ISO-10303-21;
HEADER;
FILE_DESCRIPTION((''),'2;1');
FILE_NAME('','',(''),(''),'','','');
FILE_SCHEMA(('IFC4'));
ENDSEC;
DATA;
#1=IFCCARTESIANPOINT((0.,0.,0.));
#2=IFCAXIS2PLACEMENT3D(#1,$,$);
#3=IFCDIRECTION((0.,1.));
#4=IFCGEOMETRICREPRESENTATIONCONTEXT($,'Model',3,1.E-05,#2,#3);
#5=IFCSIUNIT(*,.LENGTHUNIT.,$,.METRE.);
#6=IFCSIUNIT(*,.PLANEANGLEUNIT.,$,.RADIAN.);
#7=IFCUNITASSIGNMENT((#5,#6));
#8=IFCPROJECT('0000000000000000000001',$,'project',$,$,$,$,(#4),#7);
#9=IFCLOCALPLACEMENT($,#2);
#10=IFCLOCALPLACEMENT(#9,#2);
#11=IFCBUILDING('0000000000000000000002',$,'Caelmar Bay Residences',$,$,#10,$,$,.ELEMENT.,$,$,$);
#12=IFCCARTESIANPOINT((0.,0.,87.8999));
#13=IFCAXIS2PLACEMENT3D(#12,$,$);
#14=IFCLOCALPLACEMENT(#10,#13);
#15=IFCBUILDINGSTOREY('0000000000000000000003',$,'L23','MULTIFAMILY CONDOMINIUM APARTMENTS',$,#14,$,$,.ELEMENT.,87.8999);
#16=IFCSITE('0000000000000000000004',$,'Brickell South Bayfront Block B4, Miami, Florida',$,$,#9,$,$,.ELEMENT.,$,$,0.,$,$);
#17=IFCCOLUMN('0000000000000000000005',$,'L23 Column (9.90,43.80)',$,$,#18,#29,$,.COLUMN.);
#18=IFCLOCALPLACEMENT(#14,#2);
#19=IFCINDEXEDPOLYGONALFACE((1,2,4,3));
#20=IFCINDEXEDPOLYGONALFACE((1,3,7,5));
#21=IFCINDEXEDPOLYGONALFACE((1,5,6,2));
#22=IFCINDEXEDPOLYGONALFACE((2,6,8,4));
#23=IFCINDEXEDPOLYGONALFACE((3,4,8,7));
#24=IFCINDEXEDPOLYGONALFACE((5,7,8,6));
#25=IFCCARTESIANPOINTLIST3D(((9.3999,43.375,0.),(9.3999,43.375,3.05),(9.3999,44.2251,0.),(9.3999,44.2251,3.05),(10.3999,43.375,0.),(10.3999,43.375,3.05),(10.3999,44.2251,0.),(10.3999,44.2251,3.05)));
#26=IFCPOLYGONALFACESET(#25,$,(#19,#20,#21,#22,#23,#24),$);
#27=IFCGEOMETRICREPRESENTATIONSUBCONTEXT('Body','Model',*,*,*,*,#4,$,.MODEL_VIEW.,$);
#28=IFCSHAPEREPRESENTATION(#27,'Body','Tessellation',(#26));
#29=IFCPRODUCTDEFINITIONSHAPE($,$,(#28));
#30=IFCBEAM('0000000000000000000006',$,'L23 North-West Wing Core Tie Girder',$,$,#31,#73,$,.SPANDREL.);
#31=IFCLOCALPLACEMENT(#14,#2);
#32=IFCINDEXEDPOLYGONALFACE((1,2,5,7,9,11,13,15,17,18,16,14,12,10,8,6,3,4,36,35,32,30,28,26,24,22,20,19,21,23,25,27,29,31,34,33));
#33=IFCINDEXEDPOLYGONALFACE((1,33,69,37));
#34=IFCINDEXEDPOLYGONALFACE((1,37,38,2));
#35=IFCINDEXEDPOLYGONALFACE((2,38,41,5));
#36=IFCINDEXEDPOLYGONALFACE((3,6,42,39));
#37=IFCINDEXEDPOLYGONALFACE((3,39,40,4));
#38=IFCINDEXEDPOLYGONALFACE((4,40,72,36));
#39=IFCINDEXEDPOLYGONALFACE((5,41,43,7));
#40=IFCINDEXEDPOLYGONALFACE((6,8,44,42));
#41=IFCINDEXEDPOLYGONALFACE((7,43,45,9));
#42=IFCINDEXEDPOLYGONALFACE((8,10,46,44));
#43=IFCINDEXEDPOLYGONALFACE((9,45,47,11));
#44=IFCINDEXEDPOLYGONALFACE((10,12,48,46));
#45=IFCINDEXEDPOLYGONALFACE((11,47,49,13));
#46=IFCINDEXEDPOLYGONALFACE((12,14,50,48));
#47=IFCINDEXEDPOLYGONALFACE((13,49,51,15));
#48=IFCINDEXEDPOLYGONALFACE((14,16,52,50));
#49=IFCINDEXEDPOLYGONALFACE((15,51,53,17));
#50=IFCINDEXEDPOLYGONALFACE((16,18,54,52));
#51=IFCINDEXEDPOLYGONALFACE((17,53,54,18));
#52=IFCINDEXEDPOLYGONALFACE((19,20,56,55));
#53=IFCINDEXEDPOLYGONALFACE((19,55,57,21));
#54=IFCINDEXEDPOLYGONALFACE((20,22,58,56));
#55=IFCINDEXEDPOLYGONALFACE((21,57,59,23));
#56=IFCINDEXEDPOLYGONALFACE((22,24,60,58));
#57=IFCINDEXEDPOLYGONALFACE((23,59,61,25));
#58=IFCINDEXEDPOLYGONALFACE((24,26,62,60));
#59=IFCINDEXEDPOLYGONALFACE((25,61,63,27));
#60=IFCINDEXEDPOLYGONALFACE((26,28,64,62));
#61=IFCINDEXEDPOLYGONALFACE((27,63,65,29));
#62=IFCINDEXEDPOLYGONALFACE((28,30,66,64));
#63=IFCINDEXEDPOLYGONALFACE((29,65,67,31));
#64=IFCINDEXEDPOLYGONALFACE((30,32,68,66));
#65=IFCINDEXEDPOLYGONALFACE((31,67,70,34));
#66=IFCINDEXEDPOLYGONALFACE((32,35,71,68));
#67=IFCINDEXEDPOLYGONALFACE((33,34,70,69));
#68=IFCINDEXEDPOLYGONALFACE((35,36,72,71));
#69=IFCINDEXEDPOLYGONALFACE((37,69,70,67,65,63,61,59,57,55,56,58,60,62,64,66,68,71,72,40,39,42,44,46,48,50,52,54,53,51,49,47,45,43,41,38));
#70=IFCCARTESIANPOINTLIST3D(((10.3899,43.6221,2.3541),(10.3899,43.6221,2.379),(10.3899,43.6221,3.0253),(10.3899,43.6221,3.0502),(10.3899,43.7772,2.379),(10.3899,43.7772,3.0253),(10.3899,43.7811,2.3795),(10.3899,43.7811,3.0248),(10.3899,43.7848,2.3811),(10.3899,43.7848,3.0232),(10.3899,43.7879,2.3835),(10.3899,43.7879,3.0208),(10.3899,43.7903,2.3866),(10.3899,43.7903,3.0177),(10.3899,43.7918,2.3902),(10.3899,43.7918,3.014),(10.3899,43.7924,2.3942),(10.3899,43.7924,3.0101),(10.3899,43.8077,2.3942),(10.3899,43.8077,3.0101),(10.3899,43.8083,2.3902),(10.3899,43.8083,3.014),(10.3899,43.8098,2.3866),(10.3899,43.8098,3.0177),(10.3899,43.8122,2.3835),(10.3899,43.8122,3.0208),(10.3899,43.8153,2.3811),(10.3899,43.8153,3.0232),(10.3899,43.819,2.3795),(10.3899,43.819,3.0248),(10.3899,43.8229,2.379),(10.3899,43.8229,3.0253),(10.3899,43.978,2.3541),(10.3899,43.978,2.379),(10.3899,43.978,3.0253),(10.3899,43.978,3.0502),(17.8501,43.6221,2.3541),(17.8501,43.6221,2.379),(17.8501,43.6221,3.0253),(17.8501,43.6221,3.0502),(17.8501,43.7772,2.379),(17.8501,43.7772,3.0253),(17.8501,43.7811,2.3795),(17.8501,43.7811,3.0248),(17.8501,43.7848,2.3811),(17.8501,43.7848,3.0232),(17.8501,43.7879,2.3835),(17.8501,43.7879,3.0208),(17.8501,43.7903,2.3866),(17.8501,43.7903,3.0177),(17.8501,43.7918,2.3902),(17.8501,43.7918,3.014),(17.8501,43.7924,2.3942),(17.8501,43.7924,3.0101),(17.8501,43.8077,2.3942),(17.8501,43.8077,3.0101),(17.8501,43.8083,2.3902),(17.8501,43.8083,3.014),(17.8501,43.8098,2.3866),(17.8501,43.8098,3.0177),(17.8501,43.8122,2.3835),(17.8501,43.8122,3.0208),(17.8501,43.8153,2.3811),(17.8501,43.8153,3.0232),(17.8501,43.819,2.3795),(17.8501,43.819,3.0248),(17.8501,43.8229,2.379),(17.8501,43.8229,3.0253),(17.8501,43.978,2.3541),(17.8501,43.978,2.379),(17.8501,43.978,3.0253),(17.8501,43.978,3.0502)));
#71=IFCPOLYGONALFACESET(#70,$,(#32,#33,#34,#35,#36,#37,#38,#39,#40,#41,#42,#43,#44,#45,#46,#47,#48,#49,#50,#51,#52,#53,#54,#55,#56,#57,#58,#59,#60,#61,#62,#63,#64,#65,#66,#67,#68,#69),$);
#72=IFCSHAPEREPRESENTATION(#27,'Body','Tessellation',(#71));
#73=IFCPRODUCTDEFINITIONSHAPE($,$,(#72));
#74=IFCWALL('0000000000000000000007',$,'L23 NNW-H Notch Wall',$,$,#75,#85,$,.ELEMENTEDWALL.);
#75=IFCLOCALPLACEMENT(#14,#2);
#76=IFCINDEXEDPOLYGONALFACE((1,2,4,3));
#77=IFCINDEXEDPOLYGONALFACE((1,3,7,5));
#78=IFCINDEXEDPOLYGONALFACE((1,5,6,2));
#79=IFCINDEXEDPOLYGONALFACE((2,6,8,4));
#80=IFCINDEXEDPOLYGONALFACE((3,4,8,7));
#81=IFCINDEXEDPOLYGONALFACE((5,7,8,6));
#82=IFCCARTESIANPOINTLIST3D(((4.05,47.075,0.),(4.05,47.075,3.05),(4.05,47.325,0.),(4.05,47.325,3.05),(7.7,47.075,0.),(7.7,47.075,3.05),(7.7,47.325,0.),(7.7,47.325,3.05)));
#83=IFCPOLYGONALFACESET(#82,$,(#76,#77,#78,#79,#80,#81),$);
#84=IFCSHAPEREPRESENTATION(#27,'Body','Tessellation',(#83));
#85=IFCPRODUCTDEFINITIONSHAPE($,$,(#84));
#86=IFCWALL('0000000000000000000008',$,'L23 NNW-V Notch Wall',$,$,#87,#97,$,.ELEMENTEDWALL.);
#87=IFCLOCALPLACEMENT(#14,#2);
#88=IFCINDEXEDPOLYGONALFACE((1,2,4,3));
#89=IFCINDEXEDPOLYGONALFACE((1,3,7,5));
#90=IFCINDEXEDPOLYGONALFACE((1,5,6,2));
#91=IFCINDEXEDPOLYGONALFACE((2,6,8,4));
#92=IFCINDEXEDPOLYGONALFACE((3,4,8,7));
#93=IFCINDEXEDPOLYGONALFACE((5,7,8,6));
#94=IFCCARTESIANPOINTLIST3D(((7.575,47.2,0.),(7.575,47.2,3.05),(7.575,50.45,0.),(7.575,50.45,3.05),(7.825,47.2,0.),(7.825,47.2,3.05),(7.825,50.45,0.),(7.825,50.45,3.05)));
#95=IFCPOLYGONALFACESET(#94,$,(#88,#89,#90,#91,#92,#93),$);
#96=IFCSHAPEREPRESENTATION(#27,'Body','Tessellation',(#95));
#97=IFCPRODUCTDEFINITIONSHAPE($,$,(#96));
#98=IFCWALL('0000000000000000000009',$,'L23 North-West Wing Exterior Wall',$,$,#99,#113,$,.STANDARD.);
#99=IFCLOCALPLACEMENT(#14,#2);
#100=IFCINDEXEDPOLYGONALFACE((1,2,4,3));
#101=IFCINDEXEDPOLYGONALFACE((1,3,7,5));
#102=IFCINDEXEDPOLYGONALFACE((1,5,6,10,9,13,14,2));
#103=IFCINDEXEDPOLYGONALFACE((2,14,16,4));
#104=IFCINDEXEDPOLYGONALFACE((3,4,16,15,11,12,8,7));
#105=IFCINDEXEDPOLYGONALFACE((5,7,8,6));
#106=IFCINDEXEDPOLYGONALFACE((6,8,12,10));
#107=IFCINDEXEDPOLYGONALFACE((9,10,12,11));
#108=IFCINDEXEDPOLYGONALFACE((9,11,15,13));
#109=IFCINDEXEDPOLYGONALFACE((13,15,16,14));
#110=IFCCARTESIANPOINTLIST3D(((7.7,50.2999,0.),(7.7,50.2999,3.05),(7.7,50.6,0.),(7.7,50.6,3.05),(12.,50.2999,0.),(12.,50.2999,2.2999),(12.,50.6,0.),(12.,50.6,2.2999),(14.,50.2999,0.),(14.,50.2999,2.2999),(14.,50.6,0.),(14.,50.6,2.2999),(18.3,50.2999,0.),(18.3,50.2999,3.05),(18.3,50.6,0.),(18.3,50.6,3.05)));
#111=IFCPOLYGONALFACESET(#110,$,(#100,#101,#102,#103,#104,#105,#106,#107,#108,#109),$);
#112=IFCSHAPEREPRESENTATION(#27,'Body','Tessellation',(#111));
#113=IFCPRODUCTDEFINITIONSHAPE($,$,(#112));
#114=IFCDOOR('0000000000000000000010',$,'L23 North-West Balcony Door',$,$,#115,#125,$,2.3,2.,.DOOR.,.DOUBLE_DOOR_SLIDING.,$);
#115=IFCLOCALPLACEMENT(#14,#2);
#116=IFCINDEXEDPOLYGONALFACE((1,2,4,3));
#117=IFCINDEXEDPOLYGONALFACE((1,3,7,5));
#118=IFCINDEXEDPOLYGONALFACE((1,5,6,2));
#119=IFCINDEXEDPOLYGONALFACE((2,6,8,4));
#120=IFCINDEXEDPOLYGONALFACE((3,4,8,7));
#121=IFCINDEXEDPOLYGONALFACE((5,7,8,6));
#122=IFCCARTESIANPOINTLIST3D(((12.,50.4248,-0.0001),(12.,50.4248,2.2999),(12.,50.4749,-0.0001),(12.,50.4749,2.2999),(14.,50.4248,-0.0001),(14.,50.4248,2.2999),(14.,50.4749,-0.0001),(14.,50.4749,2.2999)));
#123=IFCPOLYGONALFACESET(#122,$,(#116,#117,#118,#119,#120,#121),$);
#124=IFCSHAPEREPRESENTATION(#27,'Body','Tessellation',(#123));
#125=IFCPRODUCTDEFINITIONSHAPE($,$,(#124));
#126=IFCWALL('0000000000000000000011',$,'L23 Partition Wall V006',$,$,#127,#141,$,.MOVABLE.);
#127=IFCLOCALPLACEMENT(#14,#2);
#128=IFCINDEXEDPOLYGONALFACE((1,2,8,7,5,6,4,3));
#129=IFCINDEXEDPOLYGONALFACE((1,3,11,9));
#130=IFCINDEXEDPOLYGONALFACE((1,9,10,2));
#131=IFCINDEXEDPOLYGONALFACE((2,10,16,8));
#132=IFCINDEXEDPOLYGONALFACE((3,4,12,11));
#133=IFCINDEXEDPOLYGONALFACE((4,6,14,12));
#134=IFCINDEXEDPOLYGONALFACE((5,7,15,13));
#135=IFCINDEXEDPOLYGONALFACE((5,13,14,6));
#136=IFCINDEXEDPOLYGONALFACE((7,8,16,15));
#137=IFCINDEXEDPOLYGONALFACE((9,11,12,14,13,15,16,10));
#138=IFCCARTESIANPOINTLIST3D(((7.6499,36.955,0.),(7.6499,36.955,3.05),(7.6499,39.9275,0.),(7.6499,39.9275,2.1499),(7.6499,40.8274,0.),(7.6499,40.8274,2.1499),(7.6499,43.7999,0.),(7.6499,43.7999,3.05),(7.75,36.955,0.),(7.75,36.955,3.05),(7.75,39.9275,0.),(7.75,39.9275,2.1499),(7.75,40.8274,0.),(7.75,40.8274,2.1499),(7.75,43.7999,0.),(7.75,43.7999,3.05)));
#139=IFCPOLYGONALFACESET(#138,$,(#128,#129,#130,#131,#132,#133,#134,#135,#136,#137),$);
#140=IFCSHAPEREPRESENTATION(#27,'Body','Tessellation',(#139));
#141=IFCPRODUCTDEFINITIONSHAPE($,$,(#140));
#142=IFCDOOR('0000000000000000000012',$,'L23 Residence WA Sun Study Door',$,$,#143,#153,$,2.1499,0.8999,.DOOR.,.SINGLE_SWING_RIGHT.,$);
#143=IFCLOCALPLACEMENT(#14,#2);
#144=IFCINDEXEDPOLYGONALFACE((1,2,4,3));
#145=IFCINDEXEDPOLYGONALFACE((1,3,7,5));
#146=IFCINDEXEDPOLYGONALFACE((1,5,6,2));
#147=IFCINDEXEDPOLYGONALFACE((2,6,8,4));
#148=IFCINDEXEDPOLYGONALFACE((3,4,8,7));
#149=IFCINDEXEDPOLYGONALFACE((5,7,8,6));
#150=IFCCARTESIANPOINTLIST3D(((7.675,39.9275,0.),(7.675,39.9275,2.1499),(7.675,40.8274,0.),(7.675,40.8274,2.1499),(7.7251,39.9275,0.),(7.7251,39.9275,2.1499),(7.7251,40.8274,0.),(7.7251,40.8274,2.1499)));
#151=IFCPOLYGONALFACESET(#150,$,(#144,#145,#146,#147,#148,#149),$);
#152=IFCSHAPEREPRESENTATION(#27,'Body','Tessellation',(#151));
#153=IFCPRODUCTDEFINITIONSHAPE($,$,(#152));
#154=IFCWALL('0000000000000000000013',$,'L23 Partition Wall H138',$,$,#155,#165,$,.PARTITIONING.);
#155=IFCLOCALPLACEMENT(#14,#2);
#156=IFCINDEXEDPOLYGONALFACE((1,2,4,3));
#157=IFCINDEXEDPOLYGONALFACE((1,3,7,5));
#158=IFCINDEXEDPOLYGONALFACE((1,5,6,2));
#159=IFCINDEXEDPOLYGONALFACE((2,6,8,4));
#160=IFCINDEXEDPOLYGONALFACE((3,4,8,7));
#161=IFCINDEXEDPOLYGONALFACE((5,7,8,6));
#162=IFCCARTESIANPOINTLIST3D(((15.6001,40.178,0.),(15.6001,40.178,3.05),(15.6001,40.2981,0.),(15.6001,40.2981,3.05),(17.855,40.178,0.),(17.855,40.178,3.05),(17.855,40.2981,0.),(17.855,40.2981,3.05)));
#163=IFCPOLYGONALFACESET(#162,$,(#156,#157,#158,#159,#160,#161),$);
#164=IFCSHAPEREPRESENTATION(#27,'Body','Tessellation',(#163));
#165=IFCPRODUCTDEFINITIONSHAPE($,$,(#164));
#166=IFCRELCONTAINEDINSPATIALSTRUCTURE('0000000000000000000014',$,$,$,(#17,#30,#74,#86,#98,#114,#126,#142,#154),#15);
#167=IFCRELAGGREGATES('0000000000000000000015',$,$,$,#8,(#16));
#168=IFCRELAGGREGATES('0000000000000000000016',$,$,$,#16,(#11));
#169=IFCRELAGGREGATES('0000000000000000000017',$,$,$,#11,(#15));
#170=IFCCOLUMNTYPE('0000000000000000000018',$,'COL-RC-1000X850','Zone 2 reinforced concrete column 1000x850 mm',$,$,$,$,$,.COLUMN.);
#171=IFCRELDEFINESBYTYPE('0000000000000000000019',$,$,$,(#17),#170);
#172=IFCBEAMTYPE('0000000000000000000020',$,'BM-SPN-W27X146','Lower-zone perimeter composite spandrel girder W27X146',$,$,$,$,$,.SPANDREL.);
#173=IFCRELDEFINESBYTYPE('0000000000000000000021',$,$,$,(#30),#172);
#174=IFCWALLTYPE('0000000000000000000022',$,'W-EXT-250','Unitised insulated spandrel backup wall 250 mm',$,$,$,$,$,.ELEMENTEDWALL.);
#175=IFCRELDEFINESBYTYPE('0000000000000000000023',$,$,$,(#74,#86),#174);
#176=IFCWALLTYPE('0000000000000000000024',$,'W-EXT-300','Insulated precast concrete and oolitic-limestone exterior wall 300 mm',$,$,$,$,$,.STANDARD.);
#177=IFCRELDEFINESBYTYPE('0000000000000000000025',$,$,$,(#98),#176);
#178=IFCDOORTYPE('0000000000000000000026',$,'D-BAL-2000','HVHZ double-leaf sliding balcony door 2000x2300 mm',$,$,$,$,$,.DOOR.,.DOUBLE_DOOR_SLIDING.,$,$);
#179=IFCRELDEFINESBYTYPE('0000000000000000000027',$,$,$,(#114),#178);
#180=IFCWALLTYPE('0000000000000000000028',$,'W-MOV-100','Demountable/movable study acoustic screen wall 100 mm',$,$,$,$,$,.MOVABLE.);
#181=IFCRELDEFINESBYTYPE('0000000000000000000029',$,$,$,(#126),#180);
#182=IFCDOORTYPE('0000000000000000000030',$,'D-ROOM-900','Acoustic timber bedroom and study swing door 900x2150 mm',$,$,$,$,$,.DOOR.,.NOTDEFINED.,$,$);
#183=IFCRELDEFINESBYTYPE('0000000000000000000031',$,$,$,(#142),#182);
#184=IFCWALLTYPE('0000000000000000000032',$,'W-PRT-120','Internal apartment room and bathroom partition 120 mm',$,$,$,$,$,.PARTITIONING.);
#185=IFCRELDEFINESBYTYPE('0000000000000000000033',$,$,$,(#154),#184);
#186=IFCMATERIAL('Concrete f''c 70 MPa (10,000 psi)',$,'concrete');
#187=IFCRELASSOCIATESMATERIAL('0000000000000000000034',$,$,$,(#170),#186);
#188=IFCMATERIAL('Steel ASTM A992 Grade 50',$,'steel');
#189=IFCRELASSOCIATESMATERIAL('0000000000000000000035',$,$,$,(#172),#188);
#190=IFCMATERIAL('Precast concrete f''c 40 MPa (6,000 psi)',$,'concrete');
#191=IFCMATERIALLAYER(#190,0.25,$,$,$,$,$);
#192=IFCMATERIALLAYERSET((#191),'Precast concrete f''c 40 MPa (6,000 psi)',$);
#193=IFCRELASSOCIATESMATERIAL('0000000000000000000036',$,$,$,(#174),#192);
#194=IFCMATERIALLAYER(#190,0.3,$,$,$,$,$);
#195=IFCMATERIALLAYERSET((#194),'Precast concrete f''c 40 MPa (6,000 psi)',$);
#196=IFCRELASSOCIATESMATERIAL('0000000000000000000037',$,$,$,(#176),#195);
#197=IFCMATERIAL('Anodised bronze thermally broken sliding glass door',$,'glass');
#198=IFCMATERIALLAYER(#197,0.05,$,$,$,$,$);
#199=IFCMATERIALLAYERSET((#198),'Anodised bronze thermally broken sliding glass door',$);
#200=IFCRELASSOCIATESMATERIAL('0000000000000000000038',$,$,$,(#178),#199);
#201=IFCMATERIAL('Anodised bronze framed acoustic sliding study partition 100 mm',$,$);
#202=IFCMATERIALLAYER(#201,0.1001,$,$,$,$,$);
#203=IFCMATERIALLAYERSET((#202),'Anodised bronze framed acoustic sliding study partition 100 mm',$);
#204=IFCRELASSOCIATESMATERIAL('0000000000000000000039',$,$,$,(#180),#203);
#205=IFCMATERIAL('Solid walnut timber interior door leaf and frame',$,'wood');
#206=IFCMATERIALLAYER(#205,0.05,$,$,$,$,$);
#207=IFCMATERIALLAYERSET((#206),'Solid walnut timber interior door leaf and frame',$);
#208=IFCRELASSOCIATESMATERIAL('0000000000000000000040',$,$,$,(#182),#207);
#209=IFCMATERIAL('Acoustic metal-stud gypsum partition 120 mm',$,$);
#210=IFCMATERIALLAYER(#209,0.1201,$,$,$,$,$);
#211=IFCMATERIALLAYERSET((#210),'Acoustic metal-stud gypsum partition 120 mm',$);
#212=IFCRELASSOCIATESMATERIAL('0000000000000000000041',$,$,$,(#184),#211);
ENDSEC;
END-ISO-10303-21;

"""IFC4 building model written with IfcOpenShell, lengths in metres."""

from ifc_helpers import new_model, si_unit, direction, frame, frame_2d, origin, origin_2d, place, context, subcontext, project, spatial, rectangle, i_section, extrude, material, layer, layer_set, material_profile, profile_set, type_object, element, fill, save


model = new_model("IFC4")

# Units and contexts
model_context = context("Model", 3, precision=1e-05, world=origin(), true_north=direction((0.0, 1.0)))
body_context = subcontext(model_context, "Body", "Model", "MODEL_VIEW")
ifc_project = project(units=[si_unit("LENGTHUNIT", "METRE"), si_unit("PLANEANGLEUNIT", "RADIAN")], contexts=[model_context])

# Site, building, storey
site_placement = place(None, origin())
site = spatial("IfcSite", under=ifc_project, at=site_placement, Name="Brickell South Bayfront Block B4, Miami, Florida", CompositionType="ELEMENT", RefElevation=0.0)
building_placement = place(site_placement, origin())
building = spatial("IfcBuilding", under=site, at=building_placement, Name="Caelmar Bay Residences", CompositionType="ELEMENT")
storey_placement = place(building_placement, frame((0.0, 0.0, 87.8999)))
storey = spatial("IfcBuildingStorey", under=building, at=storey_placement, Name="L23", Description="MULTIFAMILY CONDOMINIUM APARTMENTS", CompositionType="ELEMENT", Elevation=87.8999)

# Column
ifc_material_1 = material(Name="Concrete f'c 70 MPa (10,000 psi)", Category="concrete")
ifc_material_profile_1 = material_profile(ifc_material_1, rectangle(XDim=1.0, YDim=0.8501, at=origin_2d()), Name="RC-COL-1000X850")
ifc_profile_set_1 = profile_set([ifc_material_profile_1], Name="Concrete f'c 70 MPa (10,000 psi)")
column_type = type_object("IfcColumnType", Name="COL-RC-1000X850", Description="Zone 2 reinforced concrete column 1000x850 mm", PredefinedType="COLUMN", material=ifc_profile_set_1)
column_placement = place(storey_placement, frame((9.8999, 43.8, 0.0), z_axis=(0.0, 0.0, 1.0), x_axis=(1.0, 0.0, 0.0)))
element("IfcColumn", 1, at=column_placement, inside=storey, type_object=column_type, Name="L23 Column (9.90,43.80)", PredefinedType="COLUMN", context=body_context, shape_type="SweptSolid", body=[
    extrude(rectangle(XDim=1.0, YDim=0.8501, at=origin_2d()), origin(), (0.0, 0.0, 1.0), 3.05),
])

# Beam
ifc_material_2 = material(Name="Steel ASTM A992 Grade 50", Category="steel")
ifc_material_profile_2 = material_profile(ifc_material_2, i_section(OverallWidth=0.356, OverallDepth=0.696, WebThickness=0.0154, FlangeThickness=0.0249, FilletRadius=0.0151, at=origin_2d()), Name="W27X146")
ifc_profile_set_2 = profile_set([ifc_material_profile_2], Name="Steel ASTM A992 Grade 50")
beam_type = type_object("IfcBeamType", Name="BM-SPN-W27X146", Description="Lower-zone perimeter composite spandrel girder W27X146", PredefinedType="SPANDREL", material=ifc_profile_set_2)
beam_placement = place(storey_placement, frame((10.3899, 43.8, 2.7021), z_axis=(1.0, 0.0, 0.0), x_axis=(0.0, 1.0, 0.0)))
element("IfcBeam", 2, at=beam_placement, inside=storey, type_object=beam_type, Name="L23 North-West Wing Core Tie Girder", PredefinedType="SPANDREL", context=body_context, shape_type="SweptSolid", body=[
    extrude(i_section(OverallWidth=0.356, OverallDepth=0.696, WebThickness=0.0154, FlangeThickness=0.0249, FilletRadius=0.0151, at=origin_2d()), origin(), (0.0, 0.0, 1.0), 7.4602),
])

# Walls
ifc_material_3 = material(Name="Precast concrete f'c 40 MPa (6,000 psi)", Category="concrete")
ifc_layer_1 = layer(ifc_material_3, 0.25)
ifc_layer_set_1 = layer_set([ifc_layer_1], Name="Precast concrete f'c 40 MPa (6,000 psi)")
wall_type_1 = type_object("IfcWallType", Name="W-EXT-250", Description="Unitised insulated spandrel backup wall 250 mm", PredefinedType="ELEMENTEDWALL", material=ifc_layer_set_1)
wall_1_placement = place(storey_placement, frame((4.05, 47.2, 0.0), z_axis=(0.0, 0.0, 1.0), x_axis=(1.0, 0.0, 0.0)))
element("IfcWall", 3, at=wall_1_placement, inside=storey, type_object=wall_type_1, Name="L23 NNW-H Notch Wall", PredefinedType="ELEMENTEDWALL", context=body_context, shape_type="SweptSolid", body=[
    extrude(rectangle(XDim=3.6499, YDim=0.25, at=frame_2d((1.825, 0.0))), origin(), (0.0, 0.0, 1.0), 3.05),
])
wall_2_placement = place(storey_placement, frame((7.7, 47.2, 0.0), z_axis=(0.0, 0.0, 1.0), x_axis=(0.0, 1.0, 0.0)))
element("IfcWall", 4, at=wall_2_placement, inside=storey, type_object=wall_type_1, Name="L23 NNW-V Notch Wall", PredefinedType="ELEMENTEDWALL", context=body_context, shape_type="SweptSolid", body=[
    extrude(rectangle(XDim=3.25, YDim=0.25, at=frame_2d((1.625, 0.0))), origin(), (0.0, 0.0, 1.0), 3.05),
])

# Walls, openings, doors
ifc_layer_2 = layer(ifc_material_3, 0.3)
ifc_layer_set_2 = layer_set([ifc_layer_2], Name="Precast concrete f'c 40 MPa (6,000 psi)")
wall_type_2 = type_object("IfcWallType", Name="W-EXT-300", Description="Insulated precast concrete and oolitic-limestone exterior wall 300 mm", PredefinedType="STANDARD", material=ifc_layer_set_2)
wall_3_placement = place(storey_placement, frame((7.7, 50.45, 0.0), z_axis=(0.0, 0.0, 1.0), x_axis=(1.0, 0.0, 0.0)))
wall_3 = element("IfcWall", 5, at=wall_3_placement, inside=storey, type_object=wall_type_2, Name="L23 North-West Wing Exterior Wall", PredefinedType="STANDARD", context=body_context, shape_type="SweptSolid", body=[
    extrude(rectangle(XDim=10.6001, YDim=0.3, at=frame_2d((5.3, 0.0))), origin(), (0.0, 0.0, 1.0), 3.05),
])
opening_1_placement = place(wall_3_placement, frame((4.3, 0.0, 0.0)))
opening_1 = element("IfcOpeningElement", 6, at=opening_1_placement, cuts=wall_3, PredefinedType="OPENING", context=body_context, shape_type="SweptSolid", body=[
    extrude(rectangle(XDim=2.0, YDim=2.3, at=frame_2d((1.0, 1.1499))), frame((0.0, 0.1599, 0.0), z_axis=(0.0, -1.0, 0.0), x_axis=(1.0, 0.0, 0.0)), (0.0, 0.0, 1.0), 0.3201),
])
ifc_material_4 = material(Name="Anodised bronze thermally broken sliding glass door", Category="glass")
ifc_layer_3 = layer(ifc_material_4, 0.05)
ifc_layer_set_3 = layer_set([ifc_layer_3], Name="Anodised bronze thermally broken sliding glass door")
door_type_1 = type_object("IfcDoorType", Name="D-BAL-2000", Description="HVHZ double-leaf sliding balcony door 2000x2300 mm", OperationType="DOUBLE_DOOR_SLIDING", PredefinedType="DOOR", material=ifc_layer_set_3)
door_1_placement = place(opening_1_placement, origin())
door_1 = element("IfcDoor", 7, at=door_1_placement, inside=storey, type_object=door_type_1, Name="L23 North-West Balcony Door", OperationType="DOUBLE_DOOR_SLIDING", OverallHeight=2.3, OverallWidth=2.0, PredefinedType="DOOR", context=body_context, shape_type="SweptSolid", body=[
    extrude(rectangle(XDim=2.0, YDim=2.3, at=frame_2d((1.0, 1.1499))), frame((0.0, 0.0249, 0.0), z_axis=(0.0, -1.0, 0.0), x_axis=(1.0, 0.0, 0.0)), (0.0, 0.0, 1.0), 0.05),
])
fill(opening_1, door_1)
ifc_material_5 = material(Name="Anodised bronze framed acoustic sliding study partition 100 mm")
ifc_layer_4 = layer(ifc_material_5, 0.1001)
ifc_layer_set_4 = layer_set([ifc_layer_4], Name="Anodised bronze framed acoustic sliding study partition 100 mm")
wall_type_3 = type_object("IfcWallType", Name="W-MOV-100", Description="Demountable/movable study acoustic screen wall 100 mm", PredefinedType="MOVABLE", material=ifc_layer_set_4)
wall_4_placement = place(storey_placement, frame((7.7, 36.9551, 0.0), z_axis=(0.0, 0.0, 1.0), x_axis=(0.0, 1.0, 0.0)))
wall_4 = element("IfcWall", 8, at=wall_4_placement, inside=storey, type_object=wall_type_3, Name="L23 Partition Wall V006", PredefinedType="MOVABLE", context=body_context, shape_type="SweptSolid", body=[
    extrude(rectangle(XDim=6.845, YDim=0.1001, at=frame_2d((3.4224, 0.0))), origin(), (0.0, 0.0, 1.0), 3.05),
])
opening_2_placement = place(wall_4_placement, frame((2.9724, 0.0, 0.0)))
opening_2 = element("IfcOpeningElement", 9, at=opening_2_placement, cuts=wall_4, PredefinedType="OPENING", context=body_context, shape_type="SweptSolid", body=[
    extrude(rectangle(XDim=0.8999, YDim=2.1499, at=frame_2d((0.45, 1.075))), frame((0.0, 0.0601, 0.0), z_axis=(0.0, -1.0, 0.0), x_axis=(1.0, 0.0, 0.0)), (0.0, 0.0, 1.0), 0.1201),
])
ifc_material_6 = material(Name="Solid walnut timber interior door leaf and frame", Category="wood")
ifc_layer_5 = layer(ifc_material_6, 0.05)
ifc_layer_set_5 = layer_set([ifc_layer_5], Name="Solid walnut timber interior door leaf and frame")
door_type_2 = type_object("IfcDoorType", Name="D-ROOM-900", Description="Acoustic timber bedroom and study swing door 900x2150 mm", OperationType="NOTDEFINED", PredefinedType="DOOR", material=ifc_layer_set_5)
door_2_placement = place(opening_2_placement, origin())
door_2 = element("IfcDoor", 10, at=door_2_placement, inside=storey, type_object=door_type_2, Name="L23 Residence WA Sun Study Door", OperationType="SINGLE_SWING_RIGHT", OverallHeight=2.1499, OverallWidth=0.8999, PredefinedType="DOOR", context=body_context, shape_type="SweptSolid", body=[
    extrude(rectangle(XDim=0.8999, YDim=2.1499, at=frame_2d((0.45, 1.075))), frame((0.0, 0.0249, 0.0), z_axis=(0.0, -1.0, 0.0), x_axis=(1.0, 0.0, 0.0)), (0.0, 0.0, 1.0), 0.05),
])
fill(opening_2, door_2)
ifc_material_7 = material(Name="Acoustic metal-stud gypsum partition 120 mm")
ifc_layer_6 = layer(ifc_material_7, 0.1201)
ifc_layer_set_6 = layer_set([ifc_layer_6], Name="Acoustic metal-stud gypsum partition 120 mm")
wall_type_4 = type_object("IfcWallType", Name="W-PRT-120", Description="Internal apartment room and bathroom partition 120 mm", PredefinedType="PARTITIONING", material=ifc_layer_set_6)

# Wall
wall_5_placement = place(storey_placement, frame((15.6001, 40.238, 0.0), z_axis=(0.0, 0.0, 1.0), x_axis=(1.0, 0.0, 0.0)))
element("IfcWall", 11, at=wall_5_placement, inside=storey, type_object=wall_type_4, Name="L23 Partition Wall H138", PredefinedType="PARTITIONING", context=body_context, shape_type="SweptSolid", body=[
    extrude(rectangle(XDim=2.2549, YDim=0.1201, at=frame_2d((1.1274, 0.0))), origin(), (0.0, 0.0, 1.0), 3.05),
])

save(model, "model.ifc")
